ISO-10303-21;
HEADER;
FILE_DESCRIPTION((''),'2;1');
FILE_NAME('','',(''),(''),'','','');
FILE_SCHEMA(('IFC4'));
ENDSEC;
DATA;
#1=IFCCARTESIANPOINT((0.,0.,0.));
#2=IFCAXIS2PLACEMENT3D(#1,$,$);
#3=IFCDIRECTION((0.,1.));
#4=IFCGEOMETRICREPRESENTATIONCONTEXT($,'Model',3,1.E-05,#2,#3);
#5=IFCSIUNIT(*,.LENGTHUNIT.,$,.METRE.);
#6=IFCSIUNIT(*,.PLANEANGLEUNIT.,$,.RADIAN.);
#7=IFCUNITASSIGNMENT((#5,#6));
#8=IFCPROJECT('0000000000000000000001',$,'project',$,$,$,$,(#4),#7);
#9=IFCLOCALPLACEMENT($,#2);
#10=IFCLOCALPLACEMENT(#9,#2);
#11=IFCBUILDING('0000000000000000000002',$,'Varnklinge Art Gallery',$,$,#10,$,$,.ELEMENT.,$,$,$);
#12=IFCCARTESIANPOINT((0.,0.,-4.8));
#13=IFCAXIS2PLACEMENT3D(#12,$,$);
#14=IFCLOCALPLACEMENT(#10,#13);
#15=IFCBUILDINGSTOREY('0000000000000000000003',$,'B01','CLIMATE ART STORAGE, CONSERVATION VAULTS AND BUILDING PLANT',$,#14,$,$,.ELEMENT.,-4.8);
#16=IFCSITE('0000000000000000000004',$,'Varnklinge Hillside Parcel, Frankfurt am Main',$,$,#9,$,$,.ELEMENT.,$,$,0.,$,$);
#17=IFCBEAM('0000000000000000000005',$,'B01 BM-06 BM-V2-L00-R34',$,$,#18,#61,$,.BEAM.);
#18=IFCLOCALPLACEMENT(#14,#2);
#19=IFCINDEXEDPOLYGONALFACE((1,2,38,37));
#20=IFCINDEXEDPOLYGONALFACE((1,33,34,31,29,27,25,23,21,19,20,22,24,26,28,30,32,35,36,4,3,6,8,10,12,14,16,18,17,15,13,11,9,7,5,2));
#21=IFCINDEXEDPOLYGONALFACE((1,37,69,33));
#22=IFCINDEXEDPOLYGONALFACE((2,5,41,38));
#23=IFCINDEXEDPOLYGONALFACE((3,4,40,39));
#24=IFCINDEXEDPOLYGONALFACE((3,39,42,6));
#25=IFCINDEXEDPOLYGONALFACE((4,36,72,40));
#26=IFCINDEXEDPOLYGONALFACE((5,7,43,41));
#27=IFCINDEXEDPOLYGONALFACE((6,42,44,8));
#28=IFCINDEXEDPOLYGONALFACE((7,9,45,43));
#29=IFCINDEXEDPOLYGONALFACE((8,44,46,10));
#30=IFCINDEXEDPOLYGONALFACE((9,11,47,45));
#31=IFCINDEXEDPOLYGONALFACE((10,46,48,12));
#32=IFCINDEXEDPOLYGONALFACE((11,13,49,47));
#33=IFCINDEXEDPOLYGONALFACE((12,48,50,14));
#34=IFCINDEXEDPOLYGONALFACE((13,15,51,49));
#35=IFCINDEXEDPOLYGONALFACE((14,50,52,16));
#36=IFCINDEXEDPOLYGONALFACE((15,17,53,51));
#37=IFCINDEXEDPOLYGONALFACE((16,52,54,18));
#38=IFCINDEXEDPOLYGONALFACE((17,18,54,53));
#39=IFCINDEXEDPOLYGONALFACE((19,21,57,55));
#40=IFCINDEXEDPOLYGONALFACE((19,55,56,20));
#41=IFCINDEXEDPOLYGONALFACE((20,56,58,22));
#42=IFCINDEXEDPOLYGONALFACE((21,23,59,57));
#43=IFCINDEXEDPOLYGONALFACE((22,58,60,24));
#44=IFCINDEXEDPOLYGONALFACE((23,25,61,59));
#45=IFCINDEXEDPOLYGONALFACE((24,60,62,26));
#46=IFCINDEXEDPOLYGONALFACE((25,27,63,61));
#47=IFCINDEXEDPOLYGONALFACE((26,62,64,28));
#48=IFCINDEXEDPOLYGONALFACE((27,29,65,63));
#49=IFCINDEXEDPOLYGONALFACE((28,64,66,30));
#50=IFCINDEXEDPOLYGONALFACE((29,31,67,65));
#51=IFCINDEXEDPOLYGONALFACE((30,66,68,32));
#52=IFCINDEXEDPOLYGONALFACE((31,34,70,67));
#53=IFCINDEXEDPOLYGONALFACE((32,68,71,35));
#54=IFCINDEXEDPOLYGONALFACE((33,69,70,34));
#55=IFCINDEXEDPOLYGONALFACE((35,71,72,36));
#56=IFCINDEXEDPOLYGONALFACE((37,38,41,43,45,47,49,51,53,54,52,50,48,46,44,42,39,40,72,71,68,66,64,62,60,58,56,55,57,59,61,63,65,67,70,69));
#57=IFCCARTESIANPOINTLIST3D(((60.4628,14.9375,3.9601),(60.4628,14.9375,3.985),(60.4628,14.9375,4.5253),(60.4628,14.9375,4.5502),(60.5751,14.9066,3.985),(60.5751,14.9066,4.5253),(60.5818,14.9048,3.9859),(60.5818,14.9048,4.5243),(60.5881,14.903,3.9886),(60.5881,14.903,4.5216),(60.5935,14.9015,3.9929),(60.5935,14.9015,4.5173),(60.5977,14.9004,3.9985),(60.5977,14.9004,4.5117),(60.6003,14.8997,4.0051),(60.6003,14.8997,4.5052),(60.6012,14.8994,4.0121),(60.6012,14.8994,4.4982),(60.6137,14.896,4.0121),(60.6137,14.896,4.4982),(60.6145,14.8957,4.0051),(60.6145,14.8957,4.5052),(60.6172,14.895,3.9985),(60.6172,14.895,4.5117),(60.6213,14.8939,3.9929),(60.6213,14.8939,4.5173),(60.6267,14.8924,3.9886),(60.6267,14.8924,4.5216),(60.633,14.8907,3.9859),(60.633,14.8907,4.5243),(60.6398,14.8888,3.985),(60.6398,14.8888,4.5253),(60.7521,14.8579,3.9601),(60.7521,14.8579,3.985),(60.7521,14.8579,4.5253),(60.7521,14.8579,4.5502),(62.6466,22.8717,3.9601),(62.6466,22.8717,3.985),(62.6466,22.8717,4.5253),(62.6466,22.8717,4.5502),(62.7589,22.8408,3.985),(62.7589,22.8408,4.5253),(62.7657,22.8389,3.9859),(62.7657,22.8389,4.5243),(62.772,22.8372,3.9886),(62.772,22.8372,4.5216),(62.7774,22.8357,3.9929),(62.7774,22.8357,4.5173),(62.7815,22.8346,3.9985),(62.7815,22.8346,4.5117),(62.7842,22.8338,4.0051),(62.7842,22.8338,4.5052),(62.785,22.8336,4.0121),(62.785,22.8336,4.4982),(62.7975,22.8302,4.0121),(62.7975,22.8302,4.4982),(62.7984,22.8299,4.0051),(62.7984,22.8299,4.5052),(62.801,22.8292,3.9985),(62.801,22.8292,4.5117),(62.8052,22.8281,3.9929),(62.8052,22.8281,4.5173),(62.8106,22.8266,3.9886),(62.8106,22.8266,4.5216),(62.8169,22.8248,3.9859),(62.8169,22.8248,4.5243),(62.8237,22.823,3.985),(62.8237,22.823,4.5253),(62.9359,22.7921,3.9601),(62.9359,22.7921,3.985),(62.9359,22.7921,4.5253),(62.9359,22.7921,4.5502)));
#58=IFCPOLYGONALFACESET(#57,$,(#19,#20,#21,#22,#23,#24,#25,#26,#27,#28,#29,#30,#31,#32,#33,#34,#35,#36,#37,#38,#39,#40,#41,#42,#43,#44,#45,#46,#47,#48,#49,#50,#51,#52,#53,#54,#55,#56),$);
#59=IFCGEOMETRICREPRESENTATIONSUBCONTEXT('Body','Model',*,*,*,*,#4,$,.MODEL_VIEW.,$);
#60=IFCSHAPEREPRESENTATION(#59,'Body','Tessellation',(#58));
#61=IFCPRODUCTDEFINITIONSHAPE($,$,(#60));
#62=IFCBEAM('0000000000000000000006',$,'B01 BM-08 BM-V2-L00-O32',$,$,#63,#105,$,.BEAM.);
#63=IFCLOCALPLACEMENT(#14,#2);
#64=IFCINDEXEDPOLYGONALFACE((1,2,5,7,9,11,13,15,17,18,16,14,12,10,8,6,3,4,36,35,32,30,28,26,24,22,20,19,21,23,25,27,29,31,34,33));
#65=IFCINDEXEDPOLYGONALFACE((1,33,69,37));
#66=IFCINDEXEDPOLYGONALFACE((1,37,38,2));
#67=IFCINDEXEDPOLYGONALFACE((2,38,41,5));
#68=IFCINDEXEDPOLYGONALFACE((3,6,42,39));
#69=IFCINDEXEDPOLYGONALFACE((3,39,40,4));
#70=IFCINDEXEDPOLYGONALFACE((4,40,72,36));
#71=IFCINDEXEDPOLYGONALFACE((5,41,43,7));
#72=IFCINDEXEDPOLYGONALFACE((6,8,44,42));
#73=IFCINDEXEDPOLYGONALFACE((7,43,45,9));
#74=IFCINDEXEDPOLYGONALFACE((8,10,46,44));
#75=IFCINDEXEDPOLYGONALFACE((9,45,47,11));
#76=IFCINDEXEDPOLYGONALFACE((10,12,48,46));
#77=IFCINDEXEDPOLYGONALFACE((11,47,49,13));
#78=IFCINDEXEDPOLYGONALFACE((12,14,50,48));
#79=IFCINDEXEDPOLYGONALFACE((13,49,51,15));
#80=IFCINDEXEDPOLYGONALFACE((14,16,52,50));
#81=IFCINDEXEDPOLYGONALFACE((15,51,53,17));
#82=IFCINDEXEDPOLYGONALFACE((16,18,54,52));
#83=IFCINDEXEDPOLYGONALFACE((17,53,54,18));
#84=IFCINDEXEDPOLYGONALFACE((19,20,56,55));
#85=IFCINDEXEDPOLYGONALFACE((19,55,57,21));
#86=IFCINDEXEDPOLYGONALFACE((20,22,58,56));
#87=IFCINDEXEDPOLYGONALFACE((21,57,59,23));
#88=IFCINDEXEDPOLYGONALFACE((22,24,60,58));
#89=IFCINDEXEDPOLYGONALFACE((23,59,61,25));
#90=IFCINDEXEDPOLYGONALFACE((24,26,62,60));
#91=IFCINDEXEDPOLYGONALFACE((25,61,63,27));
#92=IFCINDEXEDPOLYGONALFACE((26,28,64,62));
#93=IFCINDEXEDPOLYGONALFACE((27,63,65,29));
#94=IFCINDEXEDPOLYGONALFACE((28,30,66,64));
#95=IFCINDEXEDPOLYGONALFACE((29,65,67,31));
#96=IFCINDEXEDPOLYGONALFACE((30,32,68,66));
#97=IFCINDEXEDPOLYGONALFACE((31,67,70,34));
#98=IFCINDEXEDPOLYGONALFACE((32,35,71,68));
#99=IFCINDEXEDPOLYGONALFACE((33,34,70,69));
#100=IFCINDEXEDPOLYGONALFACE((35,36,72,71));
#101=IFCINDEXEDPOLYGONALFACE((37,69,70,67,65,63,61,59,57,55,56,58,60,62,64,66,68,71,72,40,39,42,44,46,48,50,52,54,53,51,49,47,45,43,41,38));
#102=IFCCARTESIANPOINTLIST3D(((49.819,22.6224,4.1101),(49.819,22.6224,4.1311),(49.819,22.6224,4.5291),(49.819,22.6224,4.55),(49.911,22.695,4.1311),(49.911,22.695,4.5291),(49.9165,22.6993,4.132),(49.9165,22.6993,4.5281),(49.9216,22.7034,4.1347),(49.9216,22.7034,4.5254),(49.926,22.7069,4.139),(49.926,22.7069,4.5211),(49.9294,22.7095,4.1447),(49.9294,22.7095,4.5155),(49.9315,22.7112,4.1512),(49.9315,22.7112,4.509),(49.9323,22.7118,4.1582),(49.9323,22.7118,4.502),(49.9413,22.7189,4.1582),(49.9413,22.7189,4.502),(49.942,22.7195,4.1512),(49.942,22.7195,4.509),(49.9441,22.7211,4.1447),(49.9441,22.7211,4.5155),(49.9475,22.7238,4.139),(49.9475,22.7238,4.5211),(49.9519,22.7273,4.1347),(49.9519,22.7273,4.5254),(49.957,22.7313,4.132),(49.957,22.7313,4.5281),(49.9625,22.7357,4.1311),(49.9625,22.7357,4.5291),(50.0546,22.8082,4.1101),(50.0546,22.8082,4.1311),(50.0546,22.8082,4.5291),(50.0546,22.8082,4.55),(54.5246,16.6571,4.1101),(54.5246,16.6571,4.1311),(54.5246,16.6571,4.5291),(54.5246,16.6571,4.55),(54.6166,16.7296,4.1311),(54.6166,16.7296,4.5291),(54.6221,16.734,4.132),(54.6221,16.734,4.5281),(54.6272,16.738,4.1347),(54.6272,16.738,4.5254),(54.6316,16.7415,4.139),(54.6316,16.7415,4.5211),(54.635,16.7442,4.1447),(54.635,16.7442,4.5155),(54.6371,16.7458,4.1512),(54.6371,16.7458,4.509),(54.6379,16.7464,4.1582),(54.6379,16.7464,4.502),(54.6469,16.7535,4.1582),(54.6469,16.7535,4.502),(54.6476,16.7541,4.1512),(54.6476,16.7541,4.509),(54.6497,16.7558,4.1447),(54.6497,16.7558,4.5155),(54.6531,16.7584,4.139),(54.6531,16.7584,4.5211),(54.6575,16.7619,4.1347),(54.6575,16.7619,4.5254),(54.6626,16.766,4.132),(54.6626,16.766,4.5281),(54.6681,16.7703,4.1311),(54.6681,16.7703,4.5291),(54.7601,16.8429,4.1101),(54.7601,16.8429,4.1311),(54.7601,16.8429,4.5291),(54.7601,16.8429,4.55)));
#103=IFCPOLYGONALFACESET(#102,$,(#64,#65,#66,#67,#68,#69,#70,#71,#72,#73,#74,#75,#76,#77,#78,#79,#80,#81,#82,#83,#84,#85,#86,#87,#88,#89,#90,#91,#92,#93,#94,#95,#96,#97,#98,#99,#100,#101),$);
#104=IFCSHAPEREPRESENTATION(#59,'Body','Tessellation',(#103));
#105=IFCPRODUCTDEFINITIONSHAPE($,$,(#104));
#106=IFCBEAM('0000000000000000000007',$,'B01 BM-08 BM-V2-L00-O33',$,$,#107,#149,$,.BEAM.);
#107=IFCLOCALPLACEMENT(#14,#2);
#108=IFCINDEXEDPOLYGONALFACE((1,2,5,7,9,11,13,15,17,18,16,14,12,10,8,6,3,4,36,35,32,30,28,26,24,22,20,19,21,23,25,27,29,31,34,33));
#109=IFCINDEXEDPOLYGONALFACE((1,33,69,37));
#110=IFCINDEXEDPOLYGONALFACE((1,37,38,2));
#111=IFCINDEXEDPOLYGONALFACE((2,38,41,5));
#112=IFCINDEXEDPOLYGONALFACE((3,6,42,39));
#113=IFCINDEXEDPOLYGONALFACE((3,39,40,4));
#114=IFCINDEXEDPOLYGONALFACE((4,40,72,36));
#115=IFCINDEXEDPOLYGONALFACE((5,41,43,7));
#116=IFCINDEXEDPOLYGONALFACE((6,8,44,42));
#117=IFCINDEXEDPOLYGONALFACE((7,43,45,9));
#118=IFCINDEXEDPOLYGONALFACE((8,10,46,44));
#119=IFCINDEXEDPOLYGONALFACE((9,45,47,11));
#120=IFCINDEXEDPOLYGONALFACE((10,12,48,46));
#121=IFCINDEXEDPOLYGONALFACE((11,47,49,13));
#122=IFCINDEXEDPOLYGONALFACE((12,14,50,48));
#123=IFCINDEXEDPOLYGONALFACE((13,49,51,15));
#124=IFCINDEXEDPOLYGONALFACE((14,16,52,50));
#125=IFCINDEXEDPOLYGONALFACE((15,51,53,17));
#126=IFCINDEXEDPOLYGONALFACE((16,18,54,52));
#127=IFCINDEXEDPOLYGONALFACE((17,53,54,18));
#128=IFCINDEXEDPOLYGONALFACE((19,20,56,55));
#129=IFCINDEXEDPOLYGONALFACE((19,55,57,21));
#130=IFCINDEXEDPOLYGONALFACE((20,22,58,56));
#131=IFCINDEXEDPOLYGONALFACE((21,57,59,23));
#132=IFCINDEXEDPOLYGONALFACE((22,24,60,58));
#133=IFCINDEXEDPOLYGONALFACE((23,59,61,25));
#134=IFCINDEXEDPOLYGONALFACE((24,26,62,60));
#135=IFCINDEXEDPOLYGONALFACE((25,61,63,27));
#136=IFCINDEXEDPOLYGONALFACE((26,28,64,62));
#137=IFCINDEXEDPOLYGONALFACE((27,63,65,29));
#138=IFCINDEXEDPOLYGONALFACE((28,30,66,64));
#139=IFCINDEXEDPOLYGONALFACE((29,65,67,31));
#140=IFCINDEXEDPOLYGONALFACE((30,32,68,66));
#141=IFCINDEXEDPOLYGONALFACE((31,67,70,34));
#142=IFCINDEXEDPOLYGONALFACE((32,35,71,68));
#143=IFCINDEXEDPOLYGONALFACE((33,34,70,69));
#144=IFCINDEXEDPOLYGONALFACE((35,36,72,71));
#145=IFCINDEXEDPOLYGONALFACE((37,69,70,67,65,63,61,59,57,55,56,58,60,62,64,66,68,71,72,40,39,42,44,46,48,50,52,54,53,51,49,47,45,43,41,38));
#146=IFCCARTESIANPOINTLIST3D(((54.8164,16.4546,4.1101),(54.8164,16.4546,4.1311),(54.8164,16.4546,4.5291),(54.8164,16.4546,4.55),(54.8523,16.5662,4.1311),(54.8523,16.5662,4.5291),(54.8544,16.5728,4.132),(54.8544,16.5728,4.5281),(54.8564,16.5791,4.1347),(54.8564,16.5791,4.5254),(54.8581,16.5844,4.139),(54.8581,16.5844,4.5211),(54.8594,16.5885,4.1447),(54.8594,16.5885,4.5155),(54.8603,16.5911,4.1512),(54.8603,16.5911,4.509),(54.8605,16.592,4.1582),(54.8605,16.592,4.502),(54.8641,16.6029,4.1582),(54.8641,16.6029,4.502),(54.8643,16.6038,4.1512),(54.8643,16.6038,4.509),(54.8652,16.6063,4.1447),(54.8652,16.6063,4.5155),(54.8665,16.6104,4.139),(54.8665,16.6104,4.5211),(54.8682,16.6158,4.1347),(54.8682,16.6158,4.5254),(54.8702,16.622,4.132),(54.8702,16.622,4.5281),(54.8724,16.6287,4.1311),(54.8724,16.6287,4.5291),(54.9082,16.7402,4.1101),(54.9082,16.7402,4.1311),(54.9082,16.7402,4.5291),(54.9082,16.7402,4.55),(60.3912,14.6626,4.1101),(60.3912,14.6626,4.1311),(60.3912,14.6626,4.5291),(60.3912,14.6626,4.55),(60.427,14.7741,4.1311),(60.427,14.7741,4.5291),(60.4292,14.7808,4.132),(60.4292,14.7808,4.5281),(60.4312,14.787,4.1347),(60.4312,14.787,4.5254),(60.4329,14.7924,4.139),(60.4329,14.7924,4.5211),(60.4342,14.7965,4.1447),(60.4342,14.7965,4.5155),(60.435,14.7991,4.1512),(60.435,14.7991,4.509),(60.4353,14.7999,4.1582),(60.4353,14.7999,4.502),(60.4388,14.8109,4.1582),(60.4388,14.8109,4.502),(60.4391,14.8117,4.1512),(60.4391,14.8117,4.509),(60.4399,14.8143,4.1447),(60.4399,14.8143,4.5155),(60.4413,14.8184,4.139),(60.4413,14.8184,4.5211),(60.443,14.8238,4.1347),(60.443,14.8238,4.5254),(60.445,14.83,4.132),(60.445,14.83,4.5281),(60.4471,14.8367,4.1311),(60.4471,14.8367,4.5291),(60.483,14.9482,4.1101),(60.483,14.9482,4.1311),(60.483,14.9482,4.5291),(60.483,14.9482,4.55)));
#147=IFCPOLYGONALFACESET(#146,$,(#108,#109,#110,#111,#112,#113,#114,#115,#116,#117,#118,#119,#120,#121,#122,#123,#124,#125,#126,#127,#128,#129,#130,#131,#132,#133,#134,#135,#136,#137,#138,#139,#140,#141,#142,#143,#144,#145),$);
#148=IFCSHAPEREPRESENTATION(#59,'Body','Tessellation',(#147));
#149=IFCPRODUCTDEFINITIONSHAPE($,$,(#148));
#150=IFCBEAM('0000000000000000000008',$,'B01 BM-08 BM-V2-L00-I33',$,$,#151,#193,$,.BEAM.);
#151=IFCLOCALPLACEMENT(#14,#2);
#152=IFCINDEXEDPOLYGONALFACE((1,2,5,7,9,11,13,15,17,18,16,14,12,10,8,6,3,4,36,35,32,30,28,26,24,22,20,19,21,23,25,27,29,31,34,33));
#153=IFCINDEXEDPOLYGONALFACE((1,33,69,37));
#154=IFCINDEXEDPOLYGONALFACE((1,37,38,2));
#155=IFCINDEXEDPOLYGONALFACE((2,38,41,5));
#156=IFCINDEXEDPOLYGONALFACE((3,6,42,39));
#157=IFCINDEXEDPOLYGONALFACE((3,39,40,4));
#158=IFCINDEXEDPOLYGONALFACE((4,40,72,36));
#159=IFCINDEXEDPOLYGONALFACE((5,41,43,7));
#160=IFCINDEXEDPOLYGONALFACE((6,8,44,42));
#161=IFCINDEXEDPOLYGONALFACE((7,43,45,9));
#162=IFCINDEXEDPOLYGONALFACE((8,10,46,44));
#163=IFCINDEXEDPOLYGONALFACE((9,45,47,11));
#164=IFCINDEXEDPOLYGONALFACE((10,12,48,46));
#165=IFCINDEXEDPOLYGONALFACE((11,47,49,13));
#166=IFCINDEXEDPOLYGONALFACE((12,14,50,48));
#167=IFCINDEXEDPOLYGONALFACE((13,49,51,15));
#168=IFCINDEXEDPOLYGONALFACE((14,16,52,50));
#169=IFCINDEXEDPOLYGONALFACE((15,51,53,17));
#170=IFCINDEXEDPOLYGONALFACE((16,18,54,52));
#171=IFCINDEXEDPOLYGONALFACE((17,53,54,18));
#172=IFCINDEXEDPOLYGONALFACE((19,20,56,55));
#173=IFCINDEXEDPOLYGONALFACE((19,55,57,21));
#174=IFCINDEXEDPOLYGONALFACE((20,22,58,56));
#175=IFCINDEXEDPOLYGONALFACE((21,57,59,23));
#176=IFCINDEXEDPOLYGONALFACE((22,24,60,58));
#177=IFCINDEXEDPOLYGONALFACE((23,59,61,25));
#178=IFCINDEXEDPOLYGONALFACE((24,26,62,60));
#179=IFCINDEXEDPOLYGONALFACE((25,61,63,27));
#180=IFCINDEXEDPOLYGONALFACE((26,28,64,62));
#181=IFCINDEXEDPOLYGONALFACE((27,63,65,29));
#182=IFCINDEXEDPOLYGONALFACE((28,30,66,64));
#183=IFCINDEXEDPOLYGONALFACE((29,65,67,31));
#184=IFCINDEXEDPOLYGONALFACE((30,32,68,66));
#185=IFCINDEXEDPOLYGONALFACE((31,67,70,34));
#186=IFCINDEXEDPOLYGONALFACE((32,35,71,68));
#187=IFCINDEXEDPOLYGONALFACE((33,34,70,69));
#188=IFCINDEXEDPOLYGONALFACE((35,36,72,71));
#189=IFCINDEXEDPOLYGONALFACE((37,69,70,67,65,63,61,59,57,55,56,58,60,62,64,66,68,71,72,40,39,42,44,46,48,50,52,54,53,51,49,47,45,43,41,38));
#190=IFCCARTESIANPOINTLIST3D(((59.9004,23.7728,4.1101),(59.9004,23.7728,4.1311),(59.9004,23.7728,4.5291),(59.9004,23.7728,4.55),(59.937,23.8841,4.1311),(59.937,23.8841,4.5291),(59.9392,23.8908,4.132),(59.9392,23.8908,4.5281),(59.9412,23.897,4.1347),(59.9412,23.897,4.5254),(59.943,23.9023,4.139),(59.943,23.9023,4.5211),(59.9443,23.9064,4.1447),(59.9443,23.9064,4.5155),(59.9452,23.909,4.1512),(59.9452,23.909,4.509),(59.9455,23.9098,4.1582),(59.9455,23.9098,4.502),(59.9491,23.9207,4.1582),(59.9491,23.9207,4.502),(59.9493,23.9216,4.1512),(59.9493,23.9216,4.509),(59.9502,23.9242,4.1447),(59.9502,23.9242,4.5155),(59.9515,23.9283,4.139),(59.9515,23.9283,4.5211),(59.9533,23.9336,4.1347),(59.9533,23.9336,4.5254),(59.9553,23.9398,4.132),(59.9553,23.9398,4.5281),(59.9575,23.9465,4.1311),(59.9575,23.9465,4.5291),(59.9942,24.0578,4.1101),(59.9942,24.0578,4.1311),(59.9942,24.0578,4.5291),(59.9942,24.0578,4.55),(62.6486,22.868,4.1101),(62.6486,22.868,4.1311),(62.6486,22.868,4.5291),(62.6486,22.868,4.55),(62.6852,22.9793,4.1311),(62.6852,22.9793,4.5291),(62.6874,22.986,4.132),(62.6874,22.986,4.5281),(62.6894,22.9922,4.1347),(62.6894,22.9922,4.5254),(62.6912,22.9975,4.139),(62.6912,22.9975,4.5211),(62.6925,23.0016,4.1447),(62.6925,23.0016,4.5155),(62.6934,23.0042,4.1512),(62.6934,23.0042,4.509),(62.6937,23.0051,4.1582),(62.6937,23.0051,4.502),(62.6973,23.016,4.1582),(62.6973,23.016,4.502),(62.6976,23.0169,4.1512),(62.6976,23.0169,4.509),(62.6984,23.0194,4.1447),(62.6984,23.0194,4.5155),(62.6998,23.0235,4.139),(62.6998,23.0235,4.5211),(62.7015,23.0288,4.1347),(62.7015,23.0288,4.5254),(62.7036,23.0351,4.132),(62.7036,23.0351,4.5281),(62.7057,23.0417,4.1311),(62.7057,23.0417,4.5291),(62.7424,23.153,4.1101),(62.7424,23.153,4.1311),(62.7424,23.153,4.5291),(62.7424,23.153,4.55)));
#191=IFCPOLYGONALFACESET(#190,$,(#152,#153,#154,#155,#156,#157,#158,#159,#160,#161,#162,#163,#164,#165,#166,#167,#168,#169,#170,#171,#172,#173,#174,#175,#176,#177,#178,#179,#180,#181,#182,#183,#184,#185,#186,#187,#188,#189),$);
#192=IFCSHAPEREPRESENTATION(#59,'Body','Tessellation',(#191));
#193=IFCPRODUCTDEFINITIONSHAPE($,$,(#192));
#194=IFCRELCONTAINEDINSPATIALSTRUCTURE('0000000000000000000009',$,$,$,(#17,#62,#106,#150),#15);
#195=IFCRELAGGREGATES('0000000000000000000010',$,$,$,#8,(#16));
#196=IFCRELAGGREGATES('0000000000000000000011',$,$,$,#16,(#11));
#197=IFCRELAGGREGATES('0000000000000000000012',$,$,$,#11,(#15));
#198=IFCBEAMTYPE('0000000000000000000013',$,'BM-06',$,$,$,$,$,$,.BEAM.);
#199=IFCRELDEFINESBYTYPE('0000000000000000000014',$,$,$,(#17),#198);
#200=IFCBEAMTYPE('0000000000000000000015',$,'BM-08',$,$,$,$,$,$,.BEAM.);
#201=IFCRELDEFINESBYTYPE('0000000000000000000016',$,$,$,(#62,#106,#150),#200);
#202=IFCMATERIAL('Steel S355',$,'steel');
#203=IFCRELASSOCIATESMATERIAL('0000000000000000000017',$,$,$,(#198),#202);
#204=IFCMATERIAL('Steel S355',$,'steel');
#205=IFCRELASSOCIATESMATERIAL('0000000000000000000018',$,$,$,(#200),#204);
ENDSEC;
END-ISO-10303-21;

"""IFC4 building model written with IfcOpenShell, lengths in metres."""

from ifc_helpers import new_model, si_unit, direction, frame, origin, origin_2d, place, context, subcontext, project, spatial, i_section, extrude, material, material_profile, profile_set, type_object, element, save


model = new_model("IFC4")

# Units and contexts
model_context = context("Model", 3, precision=1e-05, world=origin(), true_north=direction((0.0, 1.0)))
body_context = subcontext(model_context, "Body", "Model", "MODEL_VIEW")
ifc_project = project(units=[si_unit("LENGTHUNIT", "METRE"), si_unit("PLANEANGLEUNIT", "RADIAN")], contexts=[model_context])

# Site, building, storey
site_placement = place(None, origin())
site = spatial("IfcSite", under=ifc_project, at=site_placement, Name="Varnklinge Hillside Parcel, Frankfurt am Main", CompositionType="ELEMENT", RefElevation=0.0)
building_placement = place(site_placement, origin())
building = spatial("IfcBuilding", under=site, at=building_placement, Name="Varnklinge Art Gallery", CompositionType="ELEMENT")
storey_placement = place(building_placement, frame((0.0, 0.0, -4.8)))
storey = spatial("IfcBuildingStorey", under=building, at=storey_placement, Name="B01", Description="CLIMATE ART STORAGE, CONSERVATION VAULTS AND BUILDING PLANT", CompositionType="ELEMENT", Elevation=-4.8)

# Beams
ifc_material_1 = material(Name="Steel S355", Category="steel")
ifc_material_profile_1 = material_profile(ifc_material_1, i_section(OverallWidth=0.3, OverallDepth=0.5901, WebThickness=0.0129, FlangeThickness=0.0249, FilletRadius=0.0271, at=origin_2d()), Name="HEA 600")
ifc_profile_set_1 = profile_set([ifc_material_profile_1], Name="Steel S355")
beam_type_1 = type_object("IfcBeamType", Name="BM-06", PredefinedType="BEAM", material=ifc_profile_set_1)
beam_1_placement = place(storey_placement, frame((60.6074, 14.8977, 4.2551), z_axis=(0.265379, 0.964144, 0.0), x_axis=(-0.964144, 0.265379, 0.0)))
element("IfcBeam", 1, at=beam_1_placement, inside=storey, type_object=beam_type_1, Name="B01 BM-06 BM-V2-L00-R34", PredefinedType="BEAM", context=body_context, shape_type="SweptSolid", body=[
    extrude(i_section(OverallWidth=0.3, OverallDepth=0.5901, WebThickness=0.0129, FlangeThickness=0.0249, FilletRadius=0.0271, at=origin_2d()), origin(), (0.0, 0.0, 1.0), 8.2292),
])
ifc_material_2 = material(Name="Steel S355", Category="steel")
ifc_material_profile_2 = material_profile(ifc_material_2, i_section(OverallWidth=0.3, OverallDepth=0.4399, WebThickness=0.0115, FlangeThickness=0.021, FilletRadius=0.0271, at=origin_2d()), Name="HEA 450")
ifc_profile_set_2 = profile_set([ifc_material_profile_2], Name="Steel S355")
beam_type_2 = type_object("IfcBeamType", Name="BM-08", PredefinedType="BEAM", material=ifc_profile_set_2)
beam_2_placement = place(storey_placement, frame((49.9368, 22.7153, 4.3301), z_axis=(0.619328, -0.785133, 0.0), x_axis=(0.785133, 0.619328, 0.0)))
element("IfcBeam", 2, at=beam_2_placement, inside=storey, type_object=beam_type_2, Name="B01 BM-08 BM-V2-L00-O32", PredefinedType="BEAM", context=body_context, shape_type="SweptSolid", body=[
    extrude(i_section(OverallWidth=0.3, OverallDepth=0.4399, WebThickness=0.0115, FlangeThickness=0.021, FilletRadius=0.0271, at=origin_2d()), origin(), (0.0, 0.0, 1.0), 7.5979),
])
beam_3_placement = place(storey_placement, frame((54.8623, 16.5974, 4.3301), z_axis=(0.952022, -0.306028, 0.0), x_axis=(0.306028, 0.952022, 0.0)))
element("IfcBeam", 3, at=beam_3_placement, inside=storey, type_object=beam_type_2, Name="B01 BM-08 BM-V2-L00-O33", PredefinedType="BEAM", context=body_context, shape_type="SweptSolid", body=[
    extrude(i_section(OverallWidth=0.3, OverallDepth=0.4399, WebThickness=0.0115, FlangeThickness=0.021, FilletRadius=0.0271, at=origin_2d()), origin(), (0.0, 0.0, 1.0), 5.8557),
])
beam_4_placement = place(storey_placement, frame((59.9473, 23.9153, 4.3301), z_axis=(0.94985, -0.312707, 0.0), x_axis=(0.312707, 0.94985, 0.0)))
element("IfcBeam", 4, at=beam_4_placement, inside=storey, type_object=beam_type_2, Name="B01 BM-08 BM-V2-L00-I33", PredefinedType="BEAM", context=body_context, shape_type="SweptSolid", body=[
    extrude(i_section(OverallWidth=0.3, OverallDepth=0.4399, WebThickness=0.0115, FlangeThickness=0.021, FilletRadius=0.0271, at=origin_2d()), origin(), (0.0, 0.0, 1.0), 2.8933),
])

save(model, "model.ifc")
